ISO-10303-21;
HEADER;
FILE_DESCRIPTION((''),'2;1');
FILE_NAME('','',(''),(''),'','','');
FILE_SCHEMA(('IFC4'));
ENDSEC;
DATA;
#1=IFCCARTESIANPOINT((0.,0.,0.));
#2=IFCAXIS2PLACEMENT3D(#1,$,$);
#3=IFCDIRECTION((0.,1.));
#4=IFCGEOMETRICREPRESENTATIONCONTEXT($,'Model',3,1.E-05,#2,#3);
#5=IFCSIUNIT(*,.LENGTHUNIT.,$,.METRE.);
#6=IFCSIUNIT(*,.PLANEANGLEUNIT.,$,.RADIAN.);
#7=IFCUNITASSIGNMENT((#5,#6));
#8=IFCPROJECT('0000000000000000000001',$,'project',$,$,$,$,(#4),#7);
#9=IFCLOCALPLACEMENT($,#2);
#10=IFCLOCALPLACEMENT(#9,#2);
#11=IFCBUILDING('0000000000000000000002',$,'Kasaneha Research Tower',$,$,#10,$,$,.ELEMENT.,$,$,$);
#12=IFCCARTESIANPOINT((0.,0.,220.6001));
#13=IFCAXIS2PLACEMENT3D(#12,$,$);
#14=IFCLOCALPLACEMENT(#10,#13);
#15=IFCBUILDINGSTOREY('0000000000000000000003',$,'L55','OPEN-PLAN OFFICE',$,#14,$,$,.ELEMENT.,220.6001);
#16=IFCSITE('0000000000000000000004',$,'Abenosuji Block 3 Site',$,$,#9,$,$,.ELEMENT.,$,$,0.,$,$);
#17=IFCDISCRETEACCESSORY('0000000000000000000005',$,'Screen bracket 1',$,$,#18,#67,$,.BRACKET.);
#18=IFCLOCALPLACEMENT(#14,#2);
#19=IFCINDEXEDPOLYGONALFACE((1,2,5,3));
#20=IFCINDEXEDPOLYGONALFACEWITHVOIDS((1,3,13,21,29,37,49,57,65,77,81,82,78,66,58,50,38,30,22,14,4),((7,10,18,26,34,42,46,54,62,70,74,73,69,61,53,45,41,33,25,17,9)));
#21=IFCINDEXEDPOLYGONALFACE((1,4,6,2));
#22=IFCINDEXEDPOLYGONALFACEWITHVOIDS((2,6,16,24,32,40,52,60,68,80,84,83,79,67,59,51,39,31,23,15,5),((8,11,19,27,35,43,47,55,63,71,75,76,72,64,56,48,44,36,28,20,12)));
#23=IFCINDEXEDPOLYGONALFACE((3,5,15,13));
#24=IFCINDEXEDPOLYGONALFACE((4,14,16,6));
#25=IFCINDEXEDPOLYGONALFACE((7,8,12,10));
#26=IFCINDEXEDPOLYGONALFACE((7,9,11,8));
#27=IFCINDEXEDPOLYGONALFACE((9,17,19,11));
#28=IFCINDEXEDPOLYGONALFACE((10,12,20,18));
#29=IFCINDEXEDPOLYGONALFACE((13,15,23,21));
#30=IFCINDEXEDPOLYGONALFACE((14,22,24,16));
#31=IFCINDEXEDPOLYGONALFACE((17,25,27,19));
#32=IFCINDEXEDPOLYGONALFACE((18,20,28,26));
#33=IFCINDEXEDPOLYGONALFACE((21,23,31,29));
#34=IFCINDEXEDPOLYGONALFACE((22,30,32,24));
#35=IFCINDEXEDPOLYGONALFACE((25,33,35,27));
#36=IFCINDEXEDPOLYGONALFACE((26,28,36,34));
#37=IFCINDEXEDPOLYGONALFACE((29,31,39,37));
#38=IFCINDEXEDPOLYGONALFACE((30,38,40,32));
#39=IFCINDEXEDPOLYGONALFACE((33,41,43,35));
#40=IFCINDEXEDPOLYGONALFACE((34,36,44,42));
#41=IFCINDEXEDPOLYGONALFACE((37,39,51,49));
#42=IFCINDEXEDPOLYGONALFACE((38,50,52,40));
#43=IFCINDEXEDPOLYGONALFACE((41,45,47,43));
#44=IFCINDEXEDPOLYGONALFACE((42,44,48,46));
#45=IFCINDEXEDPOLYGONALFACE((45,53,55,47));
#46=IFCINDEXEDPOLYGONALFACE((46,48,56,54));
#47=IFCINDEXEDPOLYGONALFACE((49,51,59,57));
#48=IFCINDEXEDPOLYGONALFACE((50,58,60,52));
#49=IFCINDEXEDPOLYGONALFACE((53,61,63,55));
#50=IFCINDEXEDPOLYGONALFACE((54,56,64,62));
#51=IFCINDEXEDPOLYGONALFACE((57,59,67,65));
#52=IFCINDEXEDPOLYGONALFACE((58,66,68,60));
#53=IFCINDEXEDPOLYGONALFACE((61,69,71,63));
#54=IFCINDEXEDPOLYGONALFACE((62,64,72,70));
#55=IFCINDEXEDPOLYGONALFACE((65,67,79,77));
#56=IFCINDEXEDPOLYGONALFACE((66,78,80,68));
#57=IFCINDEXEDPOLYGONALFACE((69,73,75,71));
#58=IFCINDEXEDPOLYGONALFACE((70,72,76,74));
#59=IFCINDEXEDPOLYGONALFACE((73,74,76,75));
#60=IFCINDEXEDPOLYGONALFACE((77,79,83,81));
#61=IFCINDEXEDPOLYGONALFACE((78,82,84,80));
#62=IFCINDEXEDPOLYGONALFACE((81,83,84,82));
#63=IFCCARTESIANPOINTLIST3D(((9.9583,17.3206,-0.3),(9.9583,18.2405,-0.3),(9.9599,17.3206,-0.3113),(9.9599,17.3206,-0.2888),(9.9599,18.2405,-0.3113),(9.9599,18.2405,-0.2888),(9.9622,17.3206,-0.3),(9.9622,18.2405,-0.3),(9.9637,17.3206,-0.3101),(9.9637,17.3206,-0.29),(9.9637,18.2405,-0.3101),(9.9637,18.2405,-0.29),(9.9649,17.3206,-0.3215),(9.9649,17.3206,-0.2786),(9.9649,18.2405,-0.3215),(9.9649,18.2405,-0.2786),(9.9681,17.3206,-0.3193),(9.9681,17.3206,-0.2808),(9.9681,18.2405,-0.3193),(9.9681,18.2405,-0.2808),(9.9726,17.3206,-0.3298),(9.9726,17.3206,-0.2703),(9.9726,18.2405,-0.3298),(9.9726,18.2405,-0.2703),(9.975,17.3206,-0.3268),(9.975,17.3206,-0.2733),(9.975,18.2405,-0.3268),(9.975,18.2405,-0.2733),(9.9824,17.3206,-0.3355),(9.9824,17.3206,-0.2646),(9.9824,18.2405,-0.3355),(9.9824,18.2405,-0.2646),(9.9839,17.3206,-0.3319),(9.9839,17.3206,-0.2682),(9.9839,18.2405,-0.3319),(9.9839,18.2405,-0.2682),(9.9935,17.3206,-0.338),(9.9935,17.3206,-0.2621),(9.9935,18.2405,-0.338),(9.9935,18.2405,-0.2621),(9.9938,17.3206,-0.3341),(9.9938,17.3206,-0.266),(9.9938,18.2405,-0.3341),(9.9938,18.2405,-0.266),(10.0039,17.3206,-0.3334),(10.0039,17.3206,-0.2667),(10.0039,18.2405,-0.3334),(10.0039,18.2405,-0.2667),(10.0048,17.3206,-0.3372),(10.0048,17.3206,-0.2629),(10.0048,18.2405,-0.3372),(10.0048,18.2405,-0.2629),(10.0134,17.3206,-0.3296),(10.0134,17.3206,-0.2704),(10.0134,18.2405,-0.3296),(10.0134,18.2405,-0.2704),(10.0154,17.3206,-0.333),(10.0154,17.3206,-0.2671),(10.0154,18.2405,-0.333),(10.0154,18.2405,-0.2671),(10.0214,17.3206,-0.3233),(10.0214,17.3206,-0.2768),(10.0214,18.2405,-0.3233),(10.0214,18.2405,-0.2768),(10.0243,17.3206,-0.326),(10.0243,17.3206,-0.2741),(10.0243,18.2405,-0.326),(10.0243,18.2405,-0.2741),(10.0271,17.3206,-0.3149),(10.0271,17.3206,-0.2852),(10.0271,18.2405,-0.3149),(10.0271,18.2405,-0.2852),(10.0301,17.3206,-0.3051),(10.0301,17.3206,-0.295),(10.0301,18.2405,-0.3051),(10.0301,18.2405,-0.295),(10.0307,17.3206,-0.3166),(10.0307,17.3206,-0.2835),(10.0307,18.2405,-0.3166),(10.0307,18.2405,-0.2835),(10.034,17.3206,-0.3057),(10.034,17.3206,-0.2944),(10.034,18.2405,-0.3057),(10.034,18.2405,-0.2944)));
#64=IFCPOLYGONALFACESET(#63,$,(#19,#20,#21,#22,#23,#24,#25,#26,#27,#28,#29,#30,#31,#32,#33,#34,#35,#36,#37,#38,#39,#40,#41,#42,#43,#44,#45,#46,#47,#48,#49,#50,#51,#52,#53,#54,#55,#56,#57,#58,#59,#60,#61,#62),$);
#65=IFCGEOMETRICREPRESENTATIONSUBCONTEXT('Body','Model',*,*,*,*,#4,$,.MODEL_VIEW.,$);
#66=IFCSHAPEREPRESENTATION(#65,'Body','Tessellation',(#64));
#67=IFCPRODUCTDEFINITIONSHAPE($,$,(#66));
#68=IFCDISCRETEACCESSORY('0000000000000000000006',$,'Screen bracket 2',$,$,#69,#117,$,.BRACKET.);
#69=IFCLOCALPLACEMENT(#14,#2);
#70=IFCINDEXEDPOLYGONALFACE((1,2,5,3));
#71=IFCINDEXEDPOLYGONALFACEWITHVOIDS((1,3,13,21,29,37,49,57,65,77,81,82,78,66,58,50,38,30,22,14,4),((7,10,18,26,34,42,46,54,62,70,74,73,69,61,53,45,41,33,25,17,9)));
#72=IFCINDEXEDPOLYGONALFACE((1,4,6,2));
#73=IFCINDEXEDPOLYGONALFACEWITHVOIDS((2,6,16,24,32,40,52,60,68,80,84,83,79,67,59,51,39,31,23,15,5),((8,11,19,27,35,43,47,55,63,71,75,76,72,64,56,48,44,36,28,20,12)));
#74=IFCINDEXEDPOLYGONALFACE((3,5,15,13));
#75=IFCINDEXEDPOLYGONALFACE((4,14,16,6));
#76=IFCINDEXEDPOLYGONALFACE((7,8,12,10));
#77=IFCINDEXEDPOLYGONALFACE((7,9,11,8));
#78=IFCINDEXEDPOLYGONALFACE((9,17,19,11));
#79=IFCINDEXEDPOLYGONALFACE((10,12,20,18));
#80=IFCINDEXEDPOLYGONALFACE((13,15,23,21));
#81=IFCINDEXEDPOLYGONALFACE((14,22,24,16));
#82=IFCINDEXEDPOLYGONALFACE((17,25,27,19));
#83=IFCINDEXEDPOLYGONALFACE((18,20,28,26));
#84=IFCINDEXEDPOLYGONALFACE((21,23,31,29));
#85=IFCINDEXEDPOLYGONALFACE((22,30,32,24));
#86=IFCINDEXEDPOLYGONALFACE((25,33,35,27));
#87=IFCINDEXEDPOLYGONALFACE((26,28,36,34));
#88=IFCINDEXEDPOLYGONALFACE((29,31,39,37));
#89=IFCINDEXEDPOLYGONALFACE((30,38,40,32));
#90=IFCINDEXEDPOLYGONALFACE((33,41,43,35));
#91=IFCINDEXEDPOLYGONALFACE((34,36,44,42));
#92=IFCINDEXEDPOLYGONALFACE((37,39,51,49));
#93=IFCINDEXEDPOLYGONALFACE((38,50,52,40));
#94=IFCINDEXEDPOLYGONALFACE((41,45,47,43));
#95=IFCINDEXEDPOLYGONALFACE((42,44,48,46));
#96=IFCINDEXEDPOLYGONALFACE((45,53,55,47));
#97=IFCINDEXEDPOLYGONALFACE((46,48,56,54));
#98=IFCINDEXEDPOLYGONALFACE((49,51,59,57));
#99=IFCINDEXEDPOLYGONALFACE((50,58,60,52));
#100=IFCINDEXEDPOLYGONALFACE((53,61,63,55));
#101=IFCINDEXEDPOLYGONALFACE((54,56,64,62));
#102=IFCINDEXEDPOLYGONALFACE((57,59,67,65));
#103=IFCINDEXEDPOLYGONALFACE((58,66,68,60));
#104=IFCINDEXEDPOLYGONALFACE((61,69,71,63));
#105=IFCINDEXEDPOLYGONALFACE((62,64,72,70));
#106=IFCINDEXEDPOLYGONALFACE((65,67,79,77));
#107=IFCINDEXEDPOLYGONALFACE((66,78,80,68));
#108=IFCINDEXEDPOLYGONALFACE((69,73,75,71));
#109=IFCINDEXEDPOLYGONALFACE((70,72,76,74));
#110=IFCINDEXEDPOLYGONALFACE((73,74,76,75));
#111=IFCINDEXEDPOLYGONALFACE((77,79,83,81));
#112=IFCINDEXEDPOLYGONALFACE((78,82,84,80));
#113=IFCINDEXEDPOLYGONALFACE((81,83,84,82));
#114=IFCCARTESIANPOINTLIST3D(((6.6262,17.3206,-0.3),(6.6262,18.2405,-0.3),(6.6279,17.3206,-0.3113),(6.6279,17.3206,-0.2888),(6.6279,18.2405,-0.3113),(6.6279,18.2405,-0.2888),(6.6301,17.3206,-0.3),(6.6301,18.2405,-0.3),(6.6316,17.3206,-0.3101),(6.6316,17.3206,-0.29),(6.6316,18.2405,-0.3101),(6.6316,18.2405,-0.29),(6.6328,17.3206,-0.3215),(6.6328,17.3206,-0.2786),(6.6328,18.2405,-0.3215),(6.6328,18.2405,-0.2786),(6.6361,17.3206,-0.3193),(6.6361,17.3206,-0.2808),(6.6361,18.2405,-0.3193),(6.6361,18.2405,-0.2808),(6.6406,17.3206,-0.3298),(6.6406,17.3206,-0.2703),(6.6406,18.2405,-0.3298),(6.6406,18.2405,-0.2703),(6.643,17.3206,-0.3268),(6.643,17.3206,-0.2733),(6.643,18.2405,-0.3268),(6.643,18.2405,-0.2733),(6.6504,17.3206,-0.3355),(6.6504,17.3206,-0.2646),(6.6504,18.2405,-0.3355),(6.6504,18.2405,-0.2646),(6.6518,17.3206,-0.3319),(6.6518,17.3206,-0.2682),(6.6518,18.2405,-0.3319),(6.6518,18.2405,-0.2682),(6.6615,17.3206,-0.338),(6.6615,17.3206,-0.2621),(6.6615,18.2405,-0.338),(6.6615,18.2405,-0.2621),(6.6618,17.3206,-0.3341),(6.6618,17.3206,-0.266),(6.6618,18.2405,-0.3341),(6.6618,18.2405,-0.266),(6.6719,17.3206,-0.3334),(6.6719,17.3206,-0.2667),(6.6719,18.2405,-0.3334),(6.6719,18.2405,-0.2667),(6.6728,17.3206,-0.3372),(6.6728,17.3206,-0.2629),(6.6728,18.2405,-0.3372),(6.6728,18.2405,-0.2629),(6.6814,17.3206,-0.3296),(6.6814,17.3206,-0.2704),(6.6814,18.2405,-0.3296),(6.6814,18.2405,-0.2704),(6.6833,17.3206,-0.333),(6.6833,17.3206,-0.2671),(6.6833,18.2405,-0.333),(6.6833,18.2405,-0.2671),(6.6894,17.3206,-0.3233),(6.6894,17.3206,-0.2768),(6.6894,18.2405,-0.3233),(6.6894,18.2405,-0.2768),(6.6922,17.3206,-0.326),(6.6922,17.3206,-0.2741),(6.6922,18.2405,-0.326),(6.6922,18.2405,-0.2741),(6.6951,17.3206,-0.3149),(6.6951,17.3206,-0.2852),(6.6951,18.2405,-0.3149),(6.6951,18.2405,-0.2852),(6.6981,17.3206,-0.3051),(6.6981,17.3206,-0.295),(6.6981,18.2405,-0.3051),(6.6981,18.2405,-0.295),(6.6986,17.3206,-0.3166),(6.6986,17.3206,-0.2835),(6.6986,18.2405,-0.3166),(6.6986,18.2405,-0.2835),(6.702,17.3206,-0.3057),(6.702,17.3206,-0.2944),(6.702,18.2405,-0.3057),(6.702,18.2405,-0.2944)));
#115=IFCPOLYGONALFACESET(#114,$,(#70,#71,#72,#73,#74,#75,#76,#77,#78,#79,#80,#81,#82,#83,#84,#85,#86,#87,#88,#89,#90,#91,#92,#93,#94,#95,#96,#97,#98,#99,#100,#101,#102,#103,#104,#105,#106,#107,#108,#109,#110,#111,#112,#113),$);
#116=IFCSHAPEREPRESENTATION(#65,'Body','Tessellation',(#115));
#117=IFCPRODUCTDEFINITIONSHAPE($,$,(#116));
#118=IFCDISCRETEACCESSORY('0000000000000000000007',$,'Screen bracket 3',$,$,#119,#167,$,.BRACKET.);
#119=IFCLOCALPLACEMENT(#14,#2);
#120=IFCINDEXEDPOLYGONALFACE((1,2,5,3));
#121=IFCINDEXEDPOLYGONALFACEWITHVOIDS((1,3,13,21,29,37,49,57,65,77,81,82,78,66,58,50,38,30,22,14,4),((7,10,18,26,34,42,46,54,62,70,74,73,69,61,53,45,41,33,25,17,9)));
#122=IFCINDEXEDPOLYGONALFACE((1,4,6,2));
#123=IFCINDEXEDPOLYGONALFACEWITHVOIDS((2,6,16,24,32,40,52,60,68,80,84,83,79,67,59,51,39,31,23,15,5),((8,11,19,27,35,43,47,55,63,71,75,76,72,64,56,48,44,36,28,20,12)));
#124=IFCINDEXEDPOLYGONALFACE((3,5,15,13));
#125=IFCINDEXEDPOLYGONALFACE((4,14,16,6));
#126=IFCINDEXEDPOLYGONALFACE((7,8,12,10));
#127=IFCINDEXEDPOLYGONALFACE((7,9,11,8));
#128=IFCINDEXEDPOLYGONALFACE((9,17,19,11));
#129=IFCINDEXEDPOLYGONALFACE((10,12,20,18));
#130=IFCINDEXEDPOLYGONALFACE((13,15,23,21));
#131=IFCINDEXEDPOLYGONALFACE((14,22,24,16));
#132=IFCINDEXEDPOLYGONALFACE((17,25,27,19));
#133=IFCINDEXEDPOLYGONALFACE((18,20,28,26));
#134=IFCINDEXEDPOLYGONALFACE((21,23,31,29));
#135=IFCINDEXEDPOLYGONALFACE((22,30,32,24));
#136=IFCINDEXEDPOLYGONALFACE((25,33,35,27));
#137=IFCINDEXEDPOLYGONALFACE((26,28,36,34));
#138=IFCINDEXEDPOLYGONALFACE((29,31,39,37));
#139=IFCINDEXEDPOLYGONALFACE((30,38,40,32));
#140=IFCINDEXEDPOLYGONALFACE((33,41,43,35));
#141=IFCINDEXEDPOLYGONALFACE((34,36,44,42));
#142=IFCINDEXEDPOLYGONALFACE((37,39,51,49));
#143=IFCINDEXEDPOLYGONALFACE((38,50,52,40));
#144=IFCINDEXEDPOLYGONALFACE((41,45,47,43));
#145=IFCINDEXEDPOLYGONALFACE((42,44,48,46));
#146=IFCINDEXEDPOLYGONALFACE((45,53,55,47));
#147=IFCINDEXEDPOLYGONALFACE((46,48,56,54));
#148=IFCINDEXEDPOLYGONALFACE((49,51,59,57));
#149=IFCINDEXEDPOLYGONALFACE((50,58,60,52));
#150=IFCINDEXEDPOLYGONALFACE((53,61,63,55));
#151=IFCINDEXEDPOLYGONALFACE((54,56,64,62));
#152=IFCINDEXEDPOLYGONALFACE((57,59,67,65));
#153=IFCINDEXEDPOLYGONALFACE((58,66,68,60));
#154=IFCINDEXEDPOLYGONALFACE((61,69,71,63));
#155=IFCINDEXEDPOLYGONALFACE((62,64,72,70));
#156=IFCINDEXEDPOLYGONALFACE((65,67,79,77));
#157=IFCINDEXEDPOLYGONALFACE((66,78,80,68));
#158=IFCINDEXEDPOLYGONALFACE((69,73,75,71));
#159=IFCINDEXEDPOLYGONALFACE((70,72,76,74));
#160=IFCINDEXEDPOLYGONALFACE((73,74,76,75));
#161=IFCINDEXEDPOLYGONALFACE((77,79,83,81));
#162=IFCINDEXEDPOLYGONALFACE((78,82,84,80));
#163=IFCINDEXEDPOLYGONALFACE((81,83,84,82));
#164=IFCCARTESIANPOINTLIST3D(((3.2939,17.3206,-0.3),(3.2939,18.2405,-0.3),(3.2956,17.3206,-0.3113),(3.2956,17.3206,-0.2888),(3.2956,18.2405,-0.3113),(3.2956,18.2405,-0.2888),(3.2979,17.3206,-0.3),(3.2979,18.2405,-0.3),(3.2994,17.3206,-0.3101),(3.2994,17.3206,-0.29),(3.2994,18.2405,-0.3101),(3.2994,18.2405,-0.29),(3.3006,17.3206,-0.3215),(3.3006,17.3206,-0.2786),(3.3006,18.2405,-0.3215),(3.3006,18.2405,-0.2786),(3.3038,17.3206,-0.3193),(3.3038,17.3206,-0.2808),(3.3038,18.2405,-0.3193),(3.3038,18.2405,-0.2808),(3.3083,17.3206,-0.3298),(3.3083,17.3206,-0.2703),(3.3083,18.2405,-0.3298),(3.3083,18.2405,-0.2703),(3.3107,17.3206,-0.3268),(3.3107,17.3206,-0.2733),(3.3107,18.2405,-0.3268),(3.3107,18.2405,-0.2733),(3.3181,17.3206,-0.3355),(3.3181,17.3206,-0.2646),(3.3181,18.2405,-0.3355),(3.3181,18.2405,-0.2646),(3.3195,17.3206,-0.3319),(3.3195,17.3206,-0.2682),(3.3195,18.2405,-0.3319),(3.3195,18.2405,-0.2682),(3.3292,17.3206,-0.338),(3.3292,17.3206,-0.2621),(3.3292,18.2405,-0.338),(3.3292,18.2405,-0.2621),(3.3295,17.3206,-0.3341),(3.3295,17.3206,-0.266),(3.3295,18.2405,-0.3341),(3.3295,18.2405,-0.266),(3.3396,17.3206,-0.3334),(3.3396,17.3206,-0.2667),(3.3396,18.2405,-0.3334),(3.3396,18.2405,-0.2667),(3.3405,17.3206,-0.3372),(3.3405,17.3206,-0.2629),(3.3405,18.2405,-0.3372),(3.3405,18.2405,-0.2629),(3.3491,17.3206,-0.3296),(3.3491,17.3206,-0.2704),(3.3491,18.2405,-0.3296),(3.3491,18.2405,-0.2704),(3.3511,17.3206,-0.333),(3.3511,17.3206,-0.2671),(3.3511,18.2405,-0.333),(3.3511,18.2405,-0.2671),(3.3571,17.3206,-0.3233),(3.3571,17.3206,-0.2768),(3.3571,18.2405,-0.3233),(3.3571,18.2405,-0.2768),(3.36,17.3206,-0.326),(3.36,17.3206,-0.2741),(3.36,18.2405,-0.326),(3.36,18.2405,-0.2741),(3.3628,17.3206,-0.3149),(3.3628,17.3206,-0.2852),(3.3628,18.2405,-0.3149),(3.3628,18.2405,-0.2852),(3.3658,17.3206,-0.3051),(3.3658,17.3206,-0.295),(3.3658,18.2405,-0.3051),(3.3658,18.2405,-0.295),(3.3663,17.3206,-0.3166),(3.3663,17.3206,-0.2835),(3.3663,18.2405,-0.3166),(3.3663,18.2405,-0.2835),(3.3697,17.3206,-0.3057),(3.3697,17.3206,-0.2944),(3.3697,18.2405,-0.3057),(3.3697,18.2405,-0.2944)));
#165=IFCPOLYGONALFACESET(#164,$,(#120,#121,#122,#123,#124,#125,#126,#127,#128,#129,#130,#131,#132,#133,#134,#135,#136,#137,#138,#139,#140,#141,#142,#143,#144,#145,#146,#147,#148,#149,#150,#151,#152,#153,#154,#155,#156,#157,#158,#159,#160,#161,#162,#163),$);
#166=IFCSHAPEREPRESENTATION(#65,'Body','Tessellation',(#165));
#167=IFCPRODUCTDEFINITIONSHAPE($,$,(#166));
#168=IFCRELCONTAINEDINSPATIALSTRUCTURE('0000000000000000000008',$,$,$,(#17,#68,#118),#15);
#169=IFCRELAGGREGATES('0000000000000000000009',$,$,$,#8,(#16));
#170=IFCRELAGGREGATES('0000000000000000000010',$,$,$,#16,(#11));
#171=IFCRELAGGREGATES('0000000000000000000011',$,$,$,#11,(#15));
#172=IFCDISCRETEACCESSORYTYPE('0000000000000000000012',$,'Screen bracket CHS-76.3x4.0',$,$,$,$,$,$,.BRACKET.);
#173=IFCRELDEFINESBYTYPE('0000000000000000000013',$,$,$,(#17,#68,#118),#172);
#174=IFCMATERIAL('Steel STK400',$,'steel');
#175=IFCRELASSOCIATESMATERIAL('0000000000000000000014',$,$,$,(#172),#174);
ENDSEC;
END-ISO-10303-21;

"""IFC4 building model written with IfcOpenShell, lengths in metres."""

from ifc_helpers import new_model, si_unit, direction, frame, origin, origin_2d, place, context, subcontext, project, spatial, hollow_circle, extrude, material, material_profile, profile_set, type_object, element, save


model = new_model("IFC4")

# Units and contexts
model_context = context("Model", 3, precision=1e-05, world=origin(), true_north=direction((0.0, 1.0)))
body_context = subcontext(model_context, "Body", "Model", "MODEL_VIEW")
ifc_project = project(units=[si_unit("LENGTHUNIT", "METRE"), si_unit("PLANEANGLEUNIT", "RADIAN")], contexts=[model_context])

# Site, building, storey
site_placement = place(None, origin())
site = spatial("IfcSite", under=ifc_project, at=site_placement, Name="Abenosuji Block 3 Site", CompositionType="ELEMENT", RefElevation=0.0)
building_placement = place(site_placement, origin())
building = spatial("IfcBuilding", under=site, at=building_placement, Name="Kasaneha Research Tower", CompositionType="ELEMENT")
storey_placement = place(building_placement, frame((0.0, 0.0, 220.6001)))
storey = spatial("IfcBuildingStorey", under=building, at=storey_placement, Name="L55", Description="OPEN-PLAN OFFICE", CompositionType="ELEMENT", Elevation=220.6001)

# Discrete accessories
ifc_material_1 = material(Name="Steel STK400", Category="steel")
ifc_material_profile_1 = material_profile(ifc_material_1, hollow_circle(Radius=0.0381, WallThickness=0.0039, at=origin_2d()), Name="CHS-76.3x4.0")
ifc_profile_set_1 = profile_set([ifc_material_profile_1], Name="Steel STK400")
discrete_accessory_type = type_object("IfcDiscreteAccessoryType", Name="Screen bracket CHS-76.3x4.0", PredefinedType="BRACKET", material=ifc_profile_set_1)
for number, where, z_axis, x_axis, name in (
    (1, (9.9963, 17.3206, -0.3), (0.0, 1.0, 0.0), (-1.0, 0.0, 0.0), "Screen bracket 1"),
    (2, (6.6643, 17.3206, -0.3), (0.0, 1.0, 0.0), (-1.0, 0.0, 0.0), "Screen bracket 2"),
    (3, (3.332, 17.3206, -0.3), (0.0, 1.0, 0.0), (-1.0, 0.0, 0.0), "Screen bracket 3"),
):
    element("IfcDiscreteAccessory", number, at=place(storey_placement, frame(where, z_axis=z_axis, x_axis=x_axis)), inside=storey, type_object=discrete_accessory_type, Name=name, PredefinedType="BRACKET", context=body_context, shape_type="SweptSolid", body=[
        extrude(hollow_circle(Radius=0.0381, WallThickness=0.0039, at=origin_2d()), origin(), (0.0, 0.0, 1.0), 0.9199),
    ])

save(model, "model.ifc")
